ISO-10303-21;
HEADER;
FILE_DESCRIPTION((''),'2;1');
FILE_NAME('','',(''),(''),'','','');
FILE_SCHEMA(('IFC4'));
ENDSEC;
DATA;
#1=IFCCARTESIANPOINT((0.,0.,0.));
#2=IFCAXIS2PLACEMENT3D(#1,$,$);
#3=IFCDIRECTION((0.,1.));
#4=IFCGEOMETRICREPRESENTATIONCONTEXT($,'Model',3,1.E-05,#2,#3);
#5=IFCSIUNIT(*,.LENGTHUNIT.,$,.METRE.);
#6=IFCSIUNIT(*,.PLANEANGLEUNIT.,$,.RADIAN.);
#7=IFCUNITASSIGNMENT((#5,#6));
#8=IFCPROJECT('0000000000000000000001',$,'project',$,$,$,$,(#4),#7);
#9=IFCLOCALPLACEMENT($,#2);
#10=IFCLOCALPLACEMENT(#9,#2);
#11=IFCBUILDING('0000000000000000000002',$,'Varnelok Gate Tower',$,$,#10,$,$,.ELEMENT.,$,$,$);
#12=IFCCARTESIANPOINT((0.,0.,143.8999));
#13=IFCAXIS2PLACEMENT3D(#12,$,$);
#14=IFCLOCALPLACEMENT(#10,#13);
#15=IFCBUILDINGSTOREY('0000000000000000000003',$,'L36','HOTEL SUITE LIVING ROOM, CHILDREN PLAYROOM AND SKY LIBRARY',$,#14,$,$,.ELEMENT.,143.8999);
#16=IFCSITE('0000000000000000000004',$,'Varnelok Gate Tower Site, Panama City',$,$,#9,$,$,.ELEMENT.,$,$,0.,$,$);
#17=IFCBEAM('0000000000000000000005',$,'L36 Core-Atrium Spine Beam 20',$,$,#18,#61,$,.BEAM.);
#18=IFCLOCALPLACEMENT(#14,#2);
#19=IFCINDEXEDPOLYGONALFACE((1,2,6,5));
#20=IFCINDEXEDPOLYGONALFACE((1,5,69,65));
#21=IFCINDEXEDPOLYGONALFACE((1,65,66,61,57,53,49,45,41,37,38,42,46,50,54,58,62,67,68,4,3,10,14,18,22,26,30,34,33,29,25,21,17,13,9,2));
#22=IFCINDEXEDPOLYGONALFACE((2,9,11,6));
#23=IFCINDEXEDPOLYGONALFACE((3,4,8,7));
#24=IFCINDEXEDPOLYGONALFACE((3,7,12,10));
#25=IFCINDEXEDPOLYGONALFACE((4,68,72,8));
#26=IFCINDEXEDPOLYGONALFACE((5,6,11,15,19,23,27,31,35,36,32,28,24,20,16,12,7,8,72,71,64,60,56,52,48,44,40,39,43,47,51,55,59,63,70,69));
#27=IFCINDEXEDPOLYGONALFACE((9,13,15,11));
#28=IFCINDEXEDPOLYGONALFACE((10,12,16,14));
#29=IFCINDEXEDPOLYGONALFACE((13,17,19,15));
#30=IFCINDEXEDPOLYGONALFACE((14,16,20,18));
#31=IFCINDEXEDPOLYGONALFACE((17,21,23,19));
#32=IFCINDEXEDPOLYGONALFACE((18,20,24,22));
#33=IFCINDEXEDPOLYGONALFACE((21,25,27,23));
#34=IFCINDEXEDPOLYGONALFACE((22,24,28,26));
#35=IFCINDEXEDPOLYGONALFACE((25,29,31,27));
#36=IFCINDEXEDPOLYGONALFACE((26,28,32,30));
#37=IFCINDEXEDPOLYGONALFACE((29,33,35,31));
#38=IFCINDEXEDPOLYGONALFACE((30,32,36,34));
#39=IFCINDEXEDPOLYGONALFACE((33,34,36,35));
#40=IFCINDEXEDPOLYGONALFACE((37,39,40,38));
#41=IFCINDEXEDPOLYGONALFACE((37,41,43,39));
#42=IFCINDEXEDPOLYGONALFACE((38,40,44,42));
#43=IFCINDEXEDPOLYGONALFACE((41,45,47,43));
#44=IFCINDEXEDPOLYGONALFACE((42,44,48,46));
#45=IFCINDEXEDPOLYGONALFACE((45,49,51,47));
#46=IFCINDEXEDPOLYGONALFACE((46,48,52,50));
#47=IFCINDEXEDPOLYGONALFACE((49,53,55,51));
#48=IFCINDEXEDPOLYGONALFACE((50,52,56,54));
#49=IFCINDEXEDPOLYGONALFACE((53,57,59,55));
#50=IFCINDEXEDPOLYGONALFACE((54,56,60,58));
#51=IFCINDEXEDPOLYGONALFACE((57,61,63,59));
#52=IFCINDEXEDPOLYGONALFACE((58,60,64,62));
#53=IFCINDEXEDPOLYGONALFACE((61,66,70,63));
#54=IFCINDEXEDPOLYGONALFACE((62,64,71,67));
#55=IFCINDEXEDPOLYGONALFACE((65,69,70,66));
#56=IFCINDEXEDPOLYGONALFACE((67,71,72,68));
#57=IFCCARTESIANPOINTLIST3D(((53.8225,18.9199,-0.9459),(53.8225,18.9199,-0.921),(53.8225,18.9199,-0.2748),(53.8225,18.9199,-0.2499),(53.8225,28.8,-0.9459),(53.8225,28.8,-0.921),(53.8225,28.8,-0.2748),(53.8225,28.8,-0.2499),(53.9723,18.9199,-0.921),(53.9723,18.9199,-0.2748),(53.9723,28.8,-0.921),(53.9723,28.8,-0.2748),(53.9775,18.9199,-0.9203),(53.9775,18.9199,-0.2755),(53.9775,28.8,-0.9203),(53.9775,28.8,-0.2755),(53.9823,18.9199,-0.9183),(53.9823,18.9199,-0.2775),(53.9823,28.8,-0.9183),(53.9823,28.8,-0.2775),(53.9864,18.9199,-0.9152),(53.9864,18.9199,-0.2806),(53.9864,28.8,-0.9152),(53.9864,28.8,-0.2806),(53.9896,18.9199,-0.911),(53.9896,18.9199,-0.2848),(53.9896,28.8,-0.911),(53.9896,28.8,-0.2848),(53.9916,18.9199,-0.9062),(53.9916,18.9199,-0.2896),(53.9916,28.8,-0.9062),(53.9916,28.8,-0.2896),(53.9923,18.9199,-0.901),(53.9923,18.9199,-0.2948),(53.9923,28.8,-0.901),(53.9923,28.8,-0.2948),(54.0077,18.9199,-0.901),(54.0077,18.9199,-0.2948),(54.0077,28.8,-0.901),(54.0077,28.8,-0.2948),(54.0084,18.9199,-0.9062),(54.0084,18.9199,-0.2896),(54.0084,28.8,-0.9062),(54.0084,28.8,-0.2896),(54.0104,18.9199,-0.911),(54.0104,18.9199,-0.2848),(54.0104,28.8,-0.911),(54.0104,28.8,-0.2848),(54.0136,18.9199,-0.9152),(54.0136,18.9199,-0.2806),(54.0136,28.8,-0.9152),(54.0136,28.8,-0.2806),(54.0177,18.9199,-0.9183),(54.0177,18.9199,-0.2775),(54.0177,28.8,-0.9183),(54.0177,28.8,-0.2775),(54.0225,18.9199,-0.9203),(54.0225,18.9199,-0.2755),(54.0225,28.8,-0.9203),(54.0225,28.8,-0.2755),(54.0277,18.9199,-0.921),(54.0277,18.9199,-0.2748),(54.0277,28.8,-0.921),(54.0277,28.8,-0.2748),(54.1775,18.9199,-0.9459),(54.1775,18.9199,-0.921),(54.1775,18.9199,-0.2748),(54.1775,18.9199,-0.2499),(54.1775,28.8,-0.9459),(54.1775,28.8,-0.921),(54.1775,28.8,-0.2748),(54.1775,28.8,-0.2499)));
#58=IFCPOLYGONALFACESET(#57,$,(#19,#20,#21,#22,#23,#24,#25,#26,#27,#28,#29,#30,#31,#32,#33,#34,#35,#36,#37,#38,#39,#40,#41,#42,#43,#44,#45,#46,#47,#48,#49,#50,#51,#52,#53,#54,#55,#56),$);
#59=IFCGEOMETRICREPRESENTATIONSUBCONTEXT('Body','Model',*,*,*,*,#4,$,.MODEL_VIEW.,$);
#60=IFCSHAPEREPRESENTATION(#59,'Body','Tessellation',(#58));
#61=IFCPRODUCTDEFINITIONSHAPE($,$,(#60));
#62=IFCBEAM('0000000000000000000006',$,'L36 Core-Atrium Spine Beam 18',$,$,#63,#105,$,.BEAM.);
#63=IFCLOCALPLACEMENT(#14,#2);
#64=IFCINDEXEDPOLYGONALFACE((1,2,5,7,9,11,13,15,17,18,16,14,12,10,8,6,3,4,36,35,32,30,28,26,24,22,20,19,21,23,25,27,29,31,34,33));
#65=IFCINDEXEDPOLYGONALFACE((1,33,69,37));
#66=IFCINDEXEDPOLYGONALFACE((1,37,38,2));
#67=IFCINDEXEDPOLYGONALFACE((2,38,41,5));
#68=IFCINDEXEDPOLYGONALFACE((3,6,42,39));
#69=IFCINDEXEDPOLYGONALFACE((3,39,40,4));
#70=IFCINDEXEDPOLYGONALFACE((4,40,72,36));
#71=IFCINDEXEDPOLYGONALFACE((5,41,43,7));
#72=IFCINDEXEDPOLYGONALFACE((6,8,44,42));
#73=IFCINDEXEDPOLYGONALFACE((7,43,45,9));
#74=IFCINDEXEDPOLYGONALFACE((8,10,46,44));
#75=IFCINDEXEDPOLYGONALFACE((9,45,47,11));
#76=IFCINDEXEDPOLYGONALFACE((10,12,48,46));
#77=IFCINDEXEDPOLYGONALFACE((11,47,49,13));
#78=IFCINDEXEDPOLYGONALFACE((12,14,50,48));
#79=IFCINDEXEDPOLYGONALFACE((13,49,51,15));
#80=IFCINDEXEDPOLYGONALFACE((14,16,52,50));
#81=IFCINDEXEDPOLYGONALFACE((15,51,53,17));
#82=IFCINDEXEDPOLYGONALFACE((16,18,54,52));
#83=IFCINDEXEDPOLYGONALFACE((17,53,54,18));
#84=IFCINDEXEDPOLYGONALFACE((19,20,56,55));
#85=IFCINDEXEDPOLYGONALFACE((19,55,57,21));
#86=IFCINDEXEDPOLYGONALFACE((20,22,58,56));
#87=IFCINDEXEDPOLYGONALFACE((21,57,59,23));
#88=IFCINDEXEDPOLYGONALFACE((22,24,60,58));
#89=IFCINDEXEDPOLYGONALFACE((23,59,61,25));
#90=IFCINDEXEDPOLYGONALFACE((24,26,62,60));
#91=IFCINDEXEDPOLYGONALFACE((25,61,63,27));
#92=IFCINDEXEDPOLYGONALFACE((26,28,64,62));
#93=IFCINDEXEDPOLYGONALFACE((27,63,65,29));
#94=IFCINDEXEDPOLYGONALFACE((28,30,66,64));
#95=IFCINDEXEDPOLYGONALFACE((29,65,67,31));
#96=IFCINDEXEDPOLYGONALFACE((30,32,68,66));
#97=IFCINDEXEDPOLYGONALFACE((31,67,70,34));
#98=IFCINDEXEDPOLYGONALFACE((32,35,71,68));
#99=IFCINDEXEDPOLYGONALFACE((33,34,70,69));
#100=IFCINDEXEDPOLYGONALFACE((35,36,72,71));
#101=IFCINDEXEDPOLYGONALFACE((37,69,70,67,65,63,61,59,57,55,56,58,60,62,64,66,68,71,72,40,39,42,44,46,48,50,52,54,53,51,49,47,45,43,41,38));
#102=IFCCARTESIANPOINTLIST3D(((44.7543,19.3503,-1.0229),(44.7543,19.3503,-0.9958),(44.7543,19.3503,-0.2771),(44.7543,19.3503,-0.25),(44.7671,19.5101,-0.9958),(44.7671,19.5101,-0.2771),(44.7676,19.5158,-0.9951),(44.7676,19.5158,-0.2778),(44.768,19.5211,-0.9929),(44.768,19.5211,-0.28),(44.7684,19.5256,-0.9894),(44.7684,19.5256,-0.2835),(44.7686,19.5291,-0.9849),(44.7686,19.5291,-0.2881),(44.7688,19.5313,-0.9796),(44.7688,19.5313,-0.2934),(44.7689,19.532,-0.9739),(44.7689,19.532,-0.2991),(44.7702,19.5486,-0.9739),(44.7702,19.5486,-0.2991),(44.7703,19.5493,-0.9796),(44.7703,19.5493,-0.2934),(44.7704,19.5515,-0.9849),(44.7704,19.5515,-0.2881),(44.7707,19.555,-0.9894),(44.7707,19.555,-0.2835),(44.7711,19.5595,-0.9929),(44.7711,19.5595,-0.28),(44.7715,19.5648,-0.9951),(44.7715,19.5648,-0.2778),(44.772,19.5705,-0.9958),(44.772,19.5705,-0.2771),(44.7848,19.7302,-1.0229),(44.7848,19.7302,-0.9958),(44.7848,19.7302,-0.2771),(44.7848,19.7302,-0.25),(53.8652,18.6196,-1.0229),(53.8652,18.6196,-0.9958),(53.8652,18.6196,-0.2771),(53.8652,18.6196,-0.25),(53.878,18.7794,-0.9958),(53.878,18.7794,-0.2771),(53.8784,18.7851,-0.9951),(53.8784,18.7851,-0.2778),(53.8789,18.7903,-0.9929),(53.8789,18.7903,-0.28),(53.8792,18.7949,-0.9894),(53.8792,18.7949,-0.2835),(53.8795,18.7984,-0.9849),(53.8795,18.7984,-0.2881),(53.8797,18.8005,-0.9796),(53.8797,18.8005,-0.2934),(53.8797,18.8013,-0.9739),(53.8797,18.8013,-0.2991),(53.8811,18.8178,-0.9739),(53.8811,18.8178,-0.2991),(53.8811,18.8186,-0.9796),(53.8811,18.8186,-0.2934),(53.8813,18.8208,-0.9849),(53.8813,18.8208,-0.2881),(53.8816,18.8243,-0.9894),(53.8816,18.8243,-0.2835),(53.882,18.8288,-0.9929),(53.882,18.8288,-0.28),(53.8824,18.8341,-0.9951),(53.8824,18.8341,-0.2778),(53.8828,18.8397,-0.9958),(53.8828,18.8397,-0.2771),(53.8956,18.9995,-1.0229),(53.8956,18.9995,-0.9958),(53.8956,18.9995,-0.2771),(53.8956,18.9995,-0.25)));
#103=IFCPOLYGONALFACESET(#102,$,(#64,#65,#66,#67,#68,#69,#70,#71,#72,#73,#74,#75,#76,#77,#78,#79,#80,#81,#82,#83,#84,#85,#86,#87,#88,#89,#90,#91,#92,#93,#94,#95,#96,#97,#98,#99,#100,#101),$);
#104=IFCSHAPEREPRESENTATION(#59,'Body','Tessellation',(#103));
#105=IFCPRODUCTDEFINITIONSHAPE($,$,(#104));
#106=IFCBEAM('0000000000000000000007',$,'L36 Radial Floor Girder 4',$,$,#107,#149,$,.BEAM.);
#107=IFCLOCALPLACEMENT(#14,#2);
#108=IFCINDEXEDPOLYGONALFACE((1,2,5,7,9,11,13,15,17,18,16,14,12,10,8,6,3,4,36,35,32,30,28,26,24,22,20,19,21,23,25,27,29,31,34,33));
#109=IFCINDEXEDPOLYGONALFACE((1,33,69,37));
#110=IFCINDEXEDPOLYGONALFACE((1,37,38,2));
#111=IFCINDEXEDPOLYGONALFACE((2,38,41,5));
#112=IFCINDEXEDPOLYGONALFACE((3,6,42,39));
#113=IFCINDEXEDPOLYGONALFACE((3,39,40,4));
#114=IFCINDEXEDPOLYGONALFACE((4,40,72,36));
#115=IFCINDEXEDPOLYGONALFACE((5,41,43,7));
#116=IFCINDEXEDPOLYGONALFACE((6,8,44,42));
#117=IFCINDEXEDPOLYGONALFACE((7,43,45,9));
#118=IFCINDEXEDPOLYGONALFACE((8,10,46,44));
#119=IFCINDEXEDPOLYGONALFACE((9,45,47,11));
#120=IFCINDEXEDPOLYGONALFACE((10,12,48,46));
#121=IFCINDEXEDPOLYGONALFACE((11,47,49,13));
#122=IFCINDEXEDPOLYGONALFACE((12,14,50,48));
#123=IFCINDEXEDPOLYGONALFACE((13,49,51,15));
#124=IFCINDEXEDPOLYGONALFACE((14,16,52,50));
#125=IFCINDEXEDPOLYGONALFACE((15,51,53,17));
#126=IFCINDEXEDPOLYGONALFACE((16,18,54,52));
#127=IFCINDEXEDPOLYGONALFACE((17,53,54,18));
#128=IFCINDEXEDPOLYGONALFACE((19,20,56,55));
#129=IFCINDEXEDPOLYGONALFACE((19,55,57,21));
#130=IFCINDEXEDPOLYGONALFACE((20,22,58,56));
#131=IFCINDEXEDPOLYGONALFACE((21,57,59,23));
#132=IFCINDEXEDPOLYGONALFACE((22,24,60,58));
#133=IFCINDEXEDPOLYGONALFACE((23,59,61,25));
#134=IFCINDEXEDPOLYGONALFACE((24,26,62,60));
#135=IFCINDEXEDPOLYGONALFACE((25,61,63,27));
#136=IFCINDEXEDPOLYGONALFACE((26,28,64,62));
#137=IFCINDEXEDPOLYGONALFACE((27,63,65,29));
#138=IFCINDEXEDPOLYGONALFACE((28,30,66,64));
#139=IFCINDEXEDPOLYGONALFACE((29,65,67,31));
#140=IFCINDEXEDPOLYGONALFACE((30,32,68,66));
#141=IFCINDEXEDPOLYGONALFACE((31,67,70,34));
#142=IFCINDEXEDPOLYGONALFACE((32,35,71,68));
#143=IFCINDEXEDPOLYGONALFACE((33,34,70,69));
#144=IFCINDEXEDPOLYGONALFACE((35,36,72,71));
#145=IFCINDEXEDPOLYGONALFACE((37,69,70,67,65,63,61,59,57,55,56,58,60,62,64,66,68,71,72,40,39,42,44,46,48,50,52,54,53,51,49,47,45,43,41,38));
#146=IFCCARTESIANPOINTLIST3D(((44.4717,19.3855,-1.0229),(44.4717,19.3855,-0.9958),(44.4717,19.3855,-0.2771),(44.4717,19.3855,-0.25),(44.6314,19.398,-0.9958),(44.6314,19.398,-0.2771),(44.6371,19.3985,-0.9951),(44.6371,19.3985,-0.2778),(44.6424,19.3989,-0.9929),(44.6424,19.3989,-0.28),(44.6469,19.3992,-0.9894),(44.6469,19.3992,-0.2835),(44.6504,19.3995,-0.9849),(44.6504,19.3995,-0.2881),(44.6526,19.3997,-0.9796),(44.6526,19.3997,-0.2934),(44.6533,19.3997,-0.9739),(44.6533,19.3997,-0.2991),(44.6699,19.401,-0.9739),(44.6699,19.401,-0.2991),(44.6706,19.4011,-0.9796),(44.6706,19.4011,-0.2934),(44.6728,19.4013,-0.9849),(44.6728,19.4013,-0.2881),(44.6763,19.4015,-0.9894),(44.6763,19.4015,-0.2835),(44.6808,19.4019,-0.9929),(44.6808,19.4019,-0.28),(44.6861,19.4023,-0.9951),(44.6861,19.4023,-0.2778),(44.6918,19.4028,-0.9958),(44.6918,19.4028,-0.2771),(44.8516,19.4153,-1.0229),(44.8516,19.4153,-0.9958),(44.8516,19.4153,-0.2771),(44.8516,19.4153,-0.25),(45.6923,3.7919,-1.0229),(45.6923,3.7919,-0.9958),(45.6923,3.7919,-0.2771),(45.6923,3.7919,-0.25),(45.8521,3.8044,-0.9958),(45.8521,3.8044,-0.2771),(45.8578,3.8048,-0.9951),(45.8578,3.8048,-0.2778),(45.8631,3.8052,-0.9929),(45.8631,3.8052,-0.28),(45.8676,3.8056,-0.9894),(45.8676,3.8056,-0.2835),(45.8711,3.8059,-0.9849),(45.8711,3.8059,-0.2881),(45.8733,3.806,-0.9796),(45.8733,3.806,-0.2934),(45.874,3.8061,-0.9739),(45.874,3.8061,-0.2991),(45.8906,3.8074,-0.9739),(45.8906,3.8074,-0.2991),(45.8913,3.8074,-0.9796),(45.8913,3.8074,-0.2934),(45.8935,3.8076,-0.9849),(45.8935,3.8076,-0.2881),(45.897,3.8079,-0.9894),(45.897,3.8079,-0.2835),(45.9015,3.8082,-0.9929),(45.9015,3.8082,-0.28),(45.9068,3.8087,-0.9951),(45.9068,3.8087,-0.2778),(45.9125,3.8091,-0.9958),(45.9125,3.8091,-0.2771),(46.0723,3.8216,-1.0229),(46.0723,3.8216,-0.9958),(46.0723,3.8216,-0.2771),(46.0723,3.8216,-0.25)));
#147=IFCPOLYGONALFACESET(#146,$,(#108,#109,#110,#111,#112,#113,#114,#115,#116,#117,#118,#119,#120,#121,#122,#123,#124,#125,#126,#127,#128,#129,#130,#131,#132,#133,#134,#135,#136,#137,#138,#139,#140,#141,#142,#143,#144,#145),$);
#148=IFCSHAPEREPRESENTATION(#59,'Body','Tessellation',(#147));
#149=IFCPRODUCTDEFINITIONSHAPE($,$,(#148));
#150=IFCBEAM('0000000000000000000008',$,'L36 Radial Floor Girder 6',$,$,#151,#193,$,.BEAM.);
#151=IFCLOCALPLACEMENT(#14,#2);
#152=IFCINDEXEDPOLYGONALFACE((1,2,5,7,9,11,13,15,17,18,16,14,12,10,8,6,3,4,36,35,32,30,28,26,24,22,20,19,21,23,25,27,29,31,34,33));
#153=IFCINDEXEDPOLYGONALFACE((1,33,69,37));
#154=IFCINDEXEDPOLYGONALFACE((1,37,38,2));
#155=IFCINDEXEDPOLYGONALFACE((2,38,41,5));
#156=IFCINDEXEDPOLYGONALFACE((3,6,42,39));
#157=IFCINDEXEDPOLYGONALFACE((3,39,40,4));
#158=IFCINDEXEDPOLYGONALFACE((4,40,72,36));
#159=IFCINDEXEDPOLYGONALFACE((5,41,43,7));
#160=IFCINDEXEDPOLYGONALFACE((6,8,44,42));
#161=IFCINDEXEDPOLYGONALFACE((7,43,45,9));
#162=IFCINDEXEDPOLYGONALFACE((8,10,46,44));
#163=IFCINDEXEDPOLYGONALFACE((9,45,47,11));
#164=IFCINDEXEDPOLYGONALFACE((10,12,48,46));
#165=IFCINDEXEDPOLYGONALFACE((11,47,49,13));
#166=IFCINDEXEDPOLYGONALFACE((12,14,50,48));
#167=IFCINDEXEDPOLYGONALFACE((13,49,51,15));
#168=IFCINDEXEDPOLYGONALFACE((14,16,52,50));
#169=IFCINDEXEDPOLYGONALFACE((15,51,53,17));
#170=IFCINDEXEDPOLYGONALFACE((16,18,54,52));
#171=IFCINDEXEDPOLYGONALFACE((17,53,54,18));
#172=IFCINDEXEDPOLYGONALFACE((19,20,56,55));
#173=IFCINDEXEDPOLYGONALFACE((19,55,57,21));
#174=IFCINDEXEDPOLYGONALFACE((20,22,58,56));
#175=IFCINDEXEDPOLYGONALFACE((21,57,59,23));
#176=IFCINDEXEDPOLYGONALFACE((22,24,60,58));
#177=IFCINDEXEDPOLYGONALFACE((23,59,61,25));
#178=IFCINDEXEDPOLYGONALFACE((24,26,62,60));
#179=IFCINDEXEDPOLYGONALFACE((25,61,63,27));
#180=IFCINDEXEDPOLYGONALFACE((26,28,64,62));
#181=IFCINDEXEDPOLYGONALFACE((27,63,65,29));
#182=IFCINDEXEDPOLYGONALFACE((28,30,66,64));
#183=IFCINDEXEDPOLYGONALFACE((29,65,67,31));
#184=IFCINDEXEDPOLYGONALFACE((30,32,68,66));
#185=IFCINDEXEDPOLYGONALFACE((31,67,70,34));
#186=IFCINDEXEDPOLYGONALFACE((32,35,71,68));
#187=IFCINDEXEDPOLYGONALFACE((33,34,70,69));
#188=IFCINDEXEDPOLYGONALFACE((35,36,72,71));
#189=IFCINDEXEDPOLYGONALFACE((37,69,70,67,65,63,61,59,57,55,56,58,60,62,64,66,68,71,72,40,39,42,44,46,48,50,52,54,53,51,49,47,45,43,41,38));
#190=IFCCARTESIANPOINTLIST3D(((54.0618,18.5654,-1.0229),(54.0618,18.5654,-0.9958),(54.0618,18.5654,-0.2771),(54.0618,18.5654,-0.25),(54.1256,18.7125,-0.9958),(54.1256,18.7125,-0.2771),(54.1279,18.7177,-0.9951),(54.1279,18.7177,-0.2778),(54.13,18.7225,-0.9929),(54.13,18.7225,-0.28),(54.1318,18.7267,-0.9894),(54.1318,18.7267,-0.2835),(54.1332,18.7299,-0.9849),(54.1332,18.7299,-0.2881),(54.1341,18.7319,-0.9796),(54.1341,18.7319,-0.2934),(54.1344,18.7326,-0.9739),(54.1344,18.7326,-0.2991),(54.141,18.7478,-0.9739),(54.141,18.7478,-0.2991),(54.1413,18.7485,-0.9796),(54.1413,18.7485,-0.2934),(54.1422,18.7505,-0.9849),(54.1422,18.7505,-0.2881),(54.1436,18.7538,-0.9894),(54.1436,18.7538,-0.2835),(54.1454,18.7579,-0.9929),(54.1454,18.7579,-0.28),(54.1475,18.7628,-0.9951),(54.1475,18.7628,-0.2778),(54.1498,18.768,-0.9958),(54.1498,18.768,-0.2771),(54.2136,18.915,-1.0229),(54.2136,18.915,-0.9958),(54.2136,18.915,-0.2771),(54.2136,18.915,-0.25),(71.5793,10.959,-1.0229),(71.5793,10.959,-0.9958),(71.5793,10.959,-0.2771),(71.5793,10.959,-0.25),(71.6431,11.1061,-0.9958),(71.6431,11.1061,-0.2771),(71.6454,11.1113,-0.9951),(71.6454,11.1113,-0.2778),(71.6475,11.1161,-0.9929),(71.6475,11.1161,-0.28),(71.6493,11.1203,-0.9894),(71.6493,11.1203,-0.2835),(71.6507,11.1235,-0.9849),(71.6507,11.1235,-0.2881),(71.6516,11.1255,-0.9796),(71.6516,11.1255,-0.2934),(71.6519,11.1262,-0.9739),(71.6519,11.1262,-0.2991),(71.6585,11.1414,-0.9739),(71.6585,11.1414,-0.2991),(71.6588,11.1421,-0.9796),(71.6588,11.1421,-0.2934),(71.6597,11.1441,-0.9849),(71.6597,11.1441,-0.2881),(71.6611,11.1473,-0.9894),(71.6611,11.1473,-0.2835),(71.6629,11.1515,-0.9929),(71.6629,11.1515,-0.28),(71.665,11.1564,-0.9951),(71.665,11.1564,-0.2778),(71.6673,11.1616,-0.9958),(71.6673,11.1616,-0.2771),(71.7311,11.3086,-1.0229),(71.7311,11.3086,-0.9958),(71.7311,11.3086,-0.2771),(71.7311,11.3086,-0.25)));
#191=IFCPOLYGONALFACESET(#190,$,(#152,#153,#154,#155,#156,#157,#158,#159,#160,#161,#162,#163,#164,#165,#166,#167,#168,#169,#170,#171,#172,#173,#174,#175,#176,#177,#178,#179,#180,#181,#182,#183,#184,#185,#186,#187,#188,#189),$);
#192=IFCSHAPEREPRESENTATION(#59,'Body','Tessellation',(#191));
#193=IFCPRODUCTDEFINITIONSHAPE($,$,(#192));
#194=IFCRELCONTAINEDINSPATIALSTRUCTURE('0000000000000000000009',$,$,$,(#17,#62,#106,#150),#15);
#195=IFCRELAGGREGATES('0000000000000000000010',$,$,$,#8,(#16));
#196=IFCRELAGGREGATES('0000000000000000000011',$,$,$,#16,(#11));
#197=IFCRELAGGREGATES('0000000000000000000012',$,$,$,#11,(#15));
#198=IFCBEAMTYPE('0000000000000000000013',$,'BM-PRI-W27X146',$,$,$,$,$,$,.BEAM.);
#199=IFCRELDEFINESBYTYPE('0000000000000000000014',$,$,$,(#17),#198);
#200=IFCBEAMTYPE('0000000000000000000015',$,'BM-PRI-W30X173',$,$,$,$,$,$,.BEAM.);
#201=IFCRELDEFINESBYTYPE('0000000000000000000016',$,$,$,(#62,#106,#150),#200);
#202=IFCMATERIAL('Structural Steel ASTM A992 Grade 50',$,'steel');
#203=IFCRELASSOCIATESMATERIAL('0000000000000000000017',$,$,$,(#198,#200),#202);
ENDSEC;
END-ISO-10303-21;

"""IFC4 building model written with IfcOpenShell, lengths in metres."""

from ifc_helpers import new_model, si_unit, direction, frame, origin, origin_2d, place, context, subcontext, project, spatial, i_section, extrude, material, material_profile, profile_set, type_object, element, save


model = new_model("IFC4")

# Units and contexts
model_context = context("Model", 3, precision=1e-05, world=origin(), true_north=direction((0.0, 1.0)))
body_context = subcontext(model_context, "Body", "Model", "MODEL_VIEW")
ifc_project = project(units=[si_unit("LENGTHUNIT", "METRE"), si_unit("PLANEANGLEUNIT", "RADIAN")], contexts=[model_context])

# Site, building, storey
site_placement = place(None, origin())
site = spatial("IfcSite", under=ifc_project, at=site_placement, Name="Varnelok Gate Tower Site, Panama City", CompositionType="ELEMENT", RefElevation=0.0)
building_placement = place(site_placement, origin())
building = spatial("IfcBuilding", under=site, at=building_placement, Name="Varnelok Gate Tower", CompositionType="ELEMENT")
storey_placement = place(building_placement, frame((0.0, 0.0, 143.8999)))
storey = spatial("IfcBuildingStorey", under=building, at=storey_placement, Name="L36", Description="HOTEL SUITE LIVING ROOM, CHILDREN PLAYROOM AND SKY LIBRARY", CompositionType="ELEMENT", Elevation=143.8999)

# Shared definitions
ifc_material_1 = material(Name="Structural Steel ASTM A992 Grade 50", Category="steel")

# Beams
ifc_material_profile_1 = material_profile(ifc_material_1, i_section(OverallWidth=0.355, OverallDepth=0.696, WebThickness=0.0154, FlangeThickness=0.0249, FilletRadius=0.02, at=origin_2d()), Name="W27X146")
ifc_profile_set_1 = profile_set([ifc_material_profile_1], Name="Structural Steel ASTM A992 Grade 50")
beam_type_1 = type_object("IfcBeamType", Name="BM-PRI-W27X146", PredefinedType="BEAM", material=ifc_profile_set_1)
beam_1_placement = place(storey_placement, frame((54.0, 18.9199, -0.5979), z_axis=(0.0, 1.0, 0.0), x_axis=(-1.0, 0.0, 0.0)))
element("IfcBeam", 1, at=beam_1_placement, inside=storey, type_object=beam_type_1, Name="L36 Core-Atrium Spine Beam 20", PredefinedType="BEAM", context=body_context, shape_type="SweptSolid", body=[
    extrude(i_section(OverallWidth=0.355, OverallDepth=0.696, WebThickness=0.0154, FlangeThickness=0.0249, FilletRadius=0.02, at=origin_2d()), origin(), (0.0, 0.0, 1.0), 9.8801),
])
ifc_material_profile_2 = material_profile(ifc_material_1, i_section(OverallWidth=0.3811, OverallDepth=0.7729, WebThickness=0.0166, FlangeThickness=0.0271, FilletRadius=0.022, at=origin_2d()), Name="W30X173")
ifc_profile_set_2 = profile_set([ifc_material_profile_2], Name="Structural Steel ASTM A992 Grade 50")
beam_type_2 = type_object("IfcBeamType", Name="BM-PRI-W30X173", PredefinedType="BEAM", material=ifc_profile_set_2)
beam_2_placement = place(storey_placement, frame((44.7695, 19.5403, -0.6365), z_axis=(0.996799, -0.079946, 0.0), x_axis=(0.079946, 0.996799, 0.0)))
element("IfcBeam", 2, at=beam_2_placement, inside=storey, type_object=beam_type_2, Name="L36 Core-Atrium Spine Beam 18", PredefinedType="BEAM", context=body_context, shape_type="SweptSolid", body=[
    extrude(i_section(OverallWidth=0.3811, OverallDepth=0.7729, WebThickness=0.0166, FlangeThickness=0.0271, FilletRadius=0.022, at=origin_2d()), origin(), (0.0, 0.0, 1.0), 9.1401),
])
beam_3_placement = place(storey_placement, frame((44.6616, 19.4004, -0.6365), z_axis=(0.078043, -0.99695, 0.0), x_axis=(0.99695, 0.078043, 0.0)))
element("IfcBeam", 3, at=beam_3_placement, inside=storey, type_object=beam_type_2, Name="L36 Radial Floor Girder 4", PredefinedType="BEAM", context=body_context, shape_type="SweptSolid", body=[
    extrude(i_section(OverallWidth=0.3811, OverallDepth=0.7729, WebThickness=0.0166, FlangeThickness=0.0271, FilletRadius=0.022, at=origin_2d()), origin(), (0.0, 0.0, 1.0), 15.6414),
])
beam_4_placement = place(storey_placement, frame((54.1377, 18.7402, -0.6365), z_axis=(0.917259, -0.39829, 0.0), x_axis=(0.39829, 0.917259, 0.0)))
element("IfcBeam", 4, at=beam_4_placement, inside=storey, type_object=beam_type_2, Name="L36 Radial Floor Girder 6", PredefinedType="BEAM", context=body_context, shape_type="SweptSolid", body=[
    extrude(i_section(OverallWidth=0.3811, OverallDepth=0.7729, WebThickness=0.0166, FlangeThickness=0.0271, FilletRadius=0.022, at=origin_2d()), origin(), (0.0, 0.0, 1.0), 19.0977),
])

save(model, "model.ifc")
